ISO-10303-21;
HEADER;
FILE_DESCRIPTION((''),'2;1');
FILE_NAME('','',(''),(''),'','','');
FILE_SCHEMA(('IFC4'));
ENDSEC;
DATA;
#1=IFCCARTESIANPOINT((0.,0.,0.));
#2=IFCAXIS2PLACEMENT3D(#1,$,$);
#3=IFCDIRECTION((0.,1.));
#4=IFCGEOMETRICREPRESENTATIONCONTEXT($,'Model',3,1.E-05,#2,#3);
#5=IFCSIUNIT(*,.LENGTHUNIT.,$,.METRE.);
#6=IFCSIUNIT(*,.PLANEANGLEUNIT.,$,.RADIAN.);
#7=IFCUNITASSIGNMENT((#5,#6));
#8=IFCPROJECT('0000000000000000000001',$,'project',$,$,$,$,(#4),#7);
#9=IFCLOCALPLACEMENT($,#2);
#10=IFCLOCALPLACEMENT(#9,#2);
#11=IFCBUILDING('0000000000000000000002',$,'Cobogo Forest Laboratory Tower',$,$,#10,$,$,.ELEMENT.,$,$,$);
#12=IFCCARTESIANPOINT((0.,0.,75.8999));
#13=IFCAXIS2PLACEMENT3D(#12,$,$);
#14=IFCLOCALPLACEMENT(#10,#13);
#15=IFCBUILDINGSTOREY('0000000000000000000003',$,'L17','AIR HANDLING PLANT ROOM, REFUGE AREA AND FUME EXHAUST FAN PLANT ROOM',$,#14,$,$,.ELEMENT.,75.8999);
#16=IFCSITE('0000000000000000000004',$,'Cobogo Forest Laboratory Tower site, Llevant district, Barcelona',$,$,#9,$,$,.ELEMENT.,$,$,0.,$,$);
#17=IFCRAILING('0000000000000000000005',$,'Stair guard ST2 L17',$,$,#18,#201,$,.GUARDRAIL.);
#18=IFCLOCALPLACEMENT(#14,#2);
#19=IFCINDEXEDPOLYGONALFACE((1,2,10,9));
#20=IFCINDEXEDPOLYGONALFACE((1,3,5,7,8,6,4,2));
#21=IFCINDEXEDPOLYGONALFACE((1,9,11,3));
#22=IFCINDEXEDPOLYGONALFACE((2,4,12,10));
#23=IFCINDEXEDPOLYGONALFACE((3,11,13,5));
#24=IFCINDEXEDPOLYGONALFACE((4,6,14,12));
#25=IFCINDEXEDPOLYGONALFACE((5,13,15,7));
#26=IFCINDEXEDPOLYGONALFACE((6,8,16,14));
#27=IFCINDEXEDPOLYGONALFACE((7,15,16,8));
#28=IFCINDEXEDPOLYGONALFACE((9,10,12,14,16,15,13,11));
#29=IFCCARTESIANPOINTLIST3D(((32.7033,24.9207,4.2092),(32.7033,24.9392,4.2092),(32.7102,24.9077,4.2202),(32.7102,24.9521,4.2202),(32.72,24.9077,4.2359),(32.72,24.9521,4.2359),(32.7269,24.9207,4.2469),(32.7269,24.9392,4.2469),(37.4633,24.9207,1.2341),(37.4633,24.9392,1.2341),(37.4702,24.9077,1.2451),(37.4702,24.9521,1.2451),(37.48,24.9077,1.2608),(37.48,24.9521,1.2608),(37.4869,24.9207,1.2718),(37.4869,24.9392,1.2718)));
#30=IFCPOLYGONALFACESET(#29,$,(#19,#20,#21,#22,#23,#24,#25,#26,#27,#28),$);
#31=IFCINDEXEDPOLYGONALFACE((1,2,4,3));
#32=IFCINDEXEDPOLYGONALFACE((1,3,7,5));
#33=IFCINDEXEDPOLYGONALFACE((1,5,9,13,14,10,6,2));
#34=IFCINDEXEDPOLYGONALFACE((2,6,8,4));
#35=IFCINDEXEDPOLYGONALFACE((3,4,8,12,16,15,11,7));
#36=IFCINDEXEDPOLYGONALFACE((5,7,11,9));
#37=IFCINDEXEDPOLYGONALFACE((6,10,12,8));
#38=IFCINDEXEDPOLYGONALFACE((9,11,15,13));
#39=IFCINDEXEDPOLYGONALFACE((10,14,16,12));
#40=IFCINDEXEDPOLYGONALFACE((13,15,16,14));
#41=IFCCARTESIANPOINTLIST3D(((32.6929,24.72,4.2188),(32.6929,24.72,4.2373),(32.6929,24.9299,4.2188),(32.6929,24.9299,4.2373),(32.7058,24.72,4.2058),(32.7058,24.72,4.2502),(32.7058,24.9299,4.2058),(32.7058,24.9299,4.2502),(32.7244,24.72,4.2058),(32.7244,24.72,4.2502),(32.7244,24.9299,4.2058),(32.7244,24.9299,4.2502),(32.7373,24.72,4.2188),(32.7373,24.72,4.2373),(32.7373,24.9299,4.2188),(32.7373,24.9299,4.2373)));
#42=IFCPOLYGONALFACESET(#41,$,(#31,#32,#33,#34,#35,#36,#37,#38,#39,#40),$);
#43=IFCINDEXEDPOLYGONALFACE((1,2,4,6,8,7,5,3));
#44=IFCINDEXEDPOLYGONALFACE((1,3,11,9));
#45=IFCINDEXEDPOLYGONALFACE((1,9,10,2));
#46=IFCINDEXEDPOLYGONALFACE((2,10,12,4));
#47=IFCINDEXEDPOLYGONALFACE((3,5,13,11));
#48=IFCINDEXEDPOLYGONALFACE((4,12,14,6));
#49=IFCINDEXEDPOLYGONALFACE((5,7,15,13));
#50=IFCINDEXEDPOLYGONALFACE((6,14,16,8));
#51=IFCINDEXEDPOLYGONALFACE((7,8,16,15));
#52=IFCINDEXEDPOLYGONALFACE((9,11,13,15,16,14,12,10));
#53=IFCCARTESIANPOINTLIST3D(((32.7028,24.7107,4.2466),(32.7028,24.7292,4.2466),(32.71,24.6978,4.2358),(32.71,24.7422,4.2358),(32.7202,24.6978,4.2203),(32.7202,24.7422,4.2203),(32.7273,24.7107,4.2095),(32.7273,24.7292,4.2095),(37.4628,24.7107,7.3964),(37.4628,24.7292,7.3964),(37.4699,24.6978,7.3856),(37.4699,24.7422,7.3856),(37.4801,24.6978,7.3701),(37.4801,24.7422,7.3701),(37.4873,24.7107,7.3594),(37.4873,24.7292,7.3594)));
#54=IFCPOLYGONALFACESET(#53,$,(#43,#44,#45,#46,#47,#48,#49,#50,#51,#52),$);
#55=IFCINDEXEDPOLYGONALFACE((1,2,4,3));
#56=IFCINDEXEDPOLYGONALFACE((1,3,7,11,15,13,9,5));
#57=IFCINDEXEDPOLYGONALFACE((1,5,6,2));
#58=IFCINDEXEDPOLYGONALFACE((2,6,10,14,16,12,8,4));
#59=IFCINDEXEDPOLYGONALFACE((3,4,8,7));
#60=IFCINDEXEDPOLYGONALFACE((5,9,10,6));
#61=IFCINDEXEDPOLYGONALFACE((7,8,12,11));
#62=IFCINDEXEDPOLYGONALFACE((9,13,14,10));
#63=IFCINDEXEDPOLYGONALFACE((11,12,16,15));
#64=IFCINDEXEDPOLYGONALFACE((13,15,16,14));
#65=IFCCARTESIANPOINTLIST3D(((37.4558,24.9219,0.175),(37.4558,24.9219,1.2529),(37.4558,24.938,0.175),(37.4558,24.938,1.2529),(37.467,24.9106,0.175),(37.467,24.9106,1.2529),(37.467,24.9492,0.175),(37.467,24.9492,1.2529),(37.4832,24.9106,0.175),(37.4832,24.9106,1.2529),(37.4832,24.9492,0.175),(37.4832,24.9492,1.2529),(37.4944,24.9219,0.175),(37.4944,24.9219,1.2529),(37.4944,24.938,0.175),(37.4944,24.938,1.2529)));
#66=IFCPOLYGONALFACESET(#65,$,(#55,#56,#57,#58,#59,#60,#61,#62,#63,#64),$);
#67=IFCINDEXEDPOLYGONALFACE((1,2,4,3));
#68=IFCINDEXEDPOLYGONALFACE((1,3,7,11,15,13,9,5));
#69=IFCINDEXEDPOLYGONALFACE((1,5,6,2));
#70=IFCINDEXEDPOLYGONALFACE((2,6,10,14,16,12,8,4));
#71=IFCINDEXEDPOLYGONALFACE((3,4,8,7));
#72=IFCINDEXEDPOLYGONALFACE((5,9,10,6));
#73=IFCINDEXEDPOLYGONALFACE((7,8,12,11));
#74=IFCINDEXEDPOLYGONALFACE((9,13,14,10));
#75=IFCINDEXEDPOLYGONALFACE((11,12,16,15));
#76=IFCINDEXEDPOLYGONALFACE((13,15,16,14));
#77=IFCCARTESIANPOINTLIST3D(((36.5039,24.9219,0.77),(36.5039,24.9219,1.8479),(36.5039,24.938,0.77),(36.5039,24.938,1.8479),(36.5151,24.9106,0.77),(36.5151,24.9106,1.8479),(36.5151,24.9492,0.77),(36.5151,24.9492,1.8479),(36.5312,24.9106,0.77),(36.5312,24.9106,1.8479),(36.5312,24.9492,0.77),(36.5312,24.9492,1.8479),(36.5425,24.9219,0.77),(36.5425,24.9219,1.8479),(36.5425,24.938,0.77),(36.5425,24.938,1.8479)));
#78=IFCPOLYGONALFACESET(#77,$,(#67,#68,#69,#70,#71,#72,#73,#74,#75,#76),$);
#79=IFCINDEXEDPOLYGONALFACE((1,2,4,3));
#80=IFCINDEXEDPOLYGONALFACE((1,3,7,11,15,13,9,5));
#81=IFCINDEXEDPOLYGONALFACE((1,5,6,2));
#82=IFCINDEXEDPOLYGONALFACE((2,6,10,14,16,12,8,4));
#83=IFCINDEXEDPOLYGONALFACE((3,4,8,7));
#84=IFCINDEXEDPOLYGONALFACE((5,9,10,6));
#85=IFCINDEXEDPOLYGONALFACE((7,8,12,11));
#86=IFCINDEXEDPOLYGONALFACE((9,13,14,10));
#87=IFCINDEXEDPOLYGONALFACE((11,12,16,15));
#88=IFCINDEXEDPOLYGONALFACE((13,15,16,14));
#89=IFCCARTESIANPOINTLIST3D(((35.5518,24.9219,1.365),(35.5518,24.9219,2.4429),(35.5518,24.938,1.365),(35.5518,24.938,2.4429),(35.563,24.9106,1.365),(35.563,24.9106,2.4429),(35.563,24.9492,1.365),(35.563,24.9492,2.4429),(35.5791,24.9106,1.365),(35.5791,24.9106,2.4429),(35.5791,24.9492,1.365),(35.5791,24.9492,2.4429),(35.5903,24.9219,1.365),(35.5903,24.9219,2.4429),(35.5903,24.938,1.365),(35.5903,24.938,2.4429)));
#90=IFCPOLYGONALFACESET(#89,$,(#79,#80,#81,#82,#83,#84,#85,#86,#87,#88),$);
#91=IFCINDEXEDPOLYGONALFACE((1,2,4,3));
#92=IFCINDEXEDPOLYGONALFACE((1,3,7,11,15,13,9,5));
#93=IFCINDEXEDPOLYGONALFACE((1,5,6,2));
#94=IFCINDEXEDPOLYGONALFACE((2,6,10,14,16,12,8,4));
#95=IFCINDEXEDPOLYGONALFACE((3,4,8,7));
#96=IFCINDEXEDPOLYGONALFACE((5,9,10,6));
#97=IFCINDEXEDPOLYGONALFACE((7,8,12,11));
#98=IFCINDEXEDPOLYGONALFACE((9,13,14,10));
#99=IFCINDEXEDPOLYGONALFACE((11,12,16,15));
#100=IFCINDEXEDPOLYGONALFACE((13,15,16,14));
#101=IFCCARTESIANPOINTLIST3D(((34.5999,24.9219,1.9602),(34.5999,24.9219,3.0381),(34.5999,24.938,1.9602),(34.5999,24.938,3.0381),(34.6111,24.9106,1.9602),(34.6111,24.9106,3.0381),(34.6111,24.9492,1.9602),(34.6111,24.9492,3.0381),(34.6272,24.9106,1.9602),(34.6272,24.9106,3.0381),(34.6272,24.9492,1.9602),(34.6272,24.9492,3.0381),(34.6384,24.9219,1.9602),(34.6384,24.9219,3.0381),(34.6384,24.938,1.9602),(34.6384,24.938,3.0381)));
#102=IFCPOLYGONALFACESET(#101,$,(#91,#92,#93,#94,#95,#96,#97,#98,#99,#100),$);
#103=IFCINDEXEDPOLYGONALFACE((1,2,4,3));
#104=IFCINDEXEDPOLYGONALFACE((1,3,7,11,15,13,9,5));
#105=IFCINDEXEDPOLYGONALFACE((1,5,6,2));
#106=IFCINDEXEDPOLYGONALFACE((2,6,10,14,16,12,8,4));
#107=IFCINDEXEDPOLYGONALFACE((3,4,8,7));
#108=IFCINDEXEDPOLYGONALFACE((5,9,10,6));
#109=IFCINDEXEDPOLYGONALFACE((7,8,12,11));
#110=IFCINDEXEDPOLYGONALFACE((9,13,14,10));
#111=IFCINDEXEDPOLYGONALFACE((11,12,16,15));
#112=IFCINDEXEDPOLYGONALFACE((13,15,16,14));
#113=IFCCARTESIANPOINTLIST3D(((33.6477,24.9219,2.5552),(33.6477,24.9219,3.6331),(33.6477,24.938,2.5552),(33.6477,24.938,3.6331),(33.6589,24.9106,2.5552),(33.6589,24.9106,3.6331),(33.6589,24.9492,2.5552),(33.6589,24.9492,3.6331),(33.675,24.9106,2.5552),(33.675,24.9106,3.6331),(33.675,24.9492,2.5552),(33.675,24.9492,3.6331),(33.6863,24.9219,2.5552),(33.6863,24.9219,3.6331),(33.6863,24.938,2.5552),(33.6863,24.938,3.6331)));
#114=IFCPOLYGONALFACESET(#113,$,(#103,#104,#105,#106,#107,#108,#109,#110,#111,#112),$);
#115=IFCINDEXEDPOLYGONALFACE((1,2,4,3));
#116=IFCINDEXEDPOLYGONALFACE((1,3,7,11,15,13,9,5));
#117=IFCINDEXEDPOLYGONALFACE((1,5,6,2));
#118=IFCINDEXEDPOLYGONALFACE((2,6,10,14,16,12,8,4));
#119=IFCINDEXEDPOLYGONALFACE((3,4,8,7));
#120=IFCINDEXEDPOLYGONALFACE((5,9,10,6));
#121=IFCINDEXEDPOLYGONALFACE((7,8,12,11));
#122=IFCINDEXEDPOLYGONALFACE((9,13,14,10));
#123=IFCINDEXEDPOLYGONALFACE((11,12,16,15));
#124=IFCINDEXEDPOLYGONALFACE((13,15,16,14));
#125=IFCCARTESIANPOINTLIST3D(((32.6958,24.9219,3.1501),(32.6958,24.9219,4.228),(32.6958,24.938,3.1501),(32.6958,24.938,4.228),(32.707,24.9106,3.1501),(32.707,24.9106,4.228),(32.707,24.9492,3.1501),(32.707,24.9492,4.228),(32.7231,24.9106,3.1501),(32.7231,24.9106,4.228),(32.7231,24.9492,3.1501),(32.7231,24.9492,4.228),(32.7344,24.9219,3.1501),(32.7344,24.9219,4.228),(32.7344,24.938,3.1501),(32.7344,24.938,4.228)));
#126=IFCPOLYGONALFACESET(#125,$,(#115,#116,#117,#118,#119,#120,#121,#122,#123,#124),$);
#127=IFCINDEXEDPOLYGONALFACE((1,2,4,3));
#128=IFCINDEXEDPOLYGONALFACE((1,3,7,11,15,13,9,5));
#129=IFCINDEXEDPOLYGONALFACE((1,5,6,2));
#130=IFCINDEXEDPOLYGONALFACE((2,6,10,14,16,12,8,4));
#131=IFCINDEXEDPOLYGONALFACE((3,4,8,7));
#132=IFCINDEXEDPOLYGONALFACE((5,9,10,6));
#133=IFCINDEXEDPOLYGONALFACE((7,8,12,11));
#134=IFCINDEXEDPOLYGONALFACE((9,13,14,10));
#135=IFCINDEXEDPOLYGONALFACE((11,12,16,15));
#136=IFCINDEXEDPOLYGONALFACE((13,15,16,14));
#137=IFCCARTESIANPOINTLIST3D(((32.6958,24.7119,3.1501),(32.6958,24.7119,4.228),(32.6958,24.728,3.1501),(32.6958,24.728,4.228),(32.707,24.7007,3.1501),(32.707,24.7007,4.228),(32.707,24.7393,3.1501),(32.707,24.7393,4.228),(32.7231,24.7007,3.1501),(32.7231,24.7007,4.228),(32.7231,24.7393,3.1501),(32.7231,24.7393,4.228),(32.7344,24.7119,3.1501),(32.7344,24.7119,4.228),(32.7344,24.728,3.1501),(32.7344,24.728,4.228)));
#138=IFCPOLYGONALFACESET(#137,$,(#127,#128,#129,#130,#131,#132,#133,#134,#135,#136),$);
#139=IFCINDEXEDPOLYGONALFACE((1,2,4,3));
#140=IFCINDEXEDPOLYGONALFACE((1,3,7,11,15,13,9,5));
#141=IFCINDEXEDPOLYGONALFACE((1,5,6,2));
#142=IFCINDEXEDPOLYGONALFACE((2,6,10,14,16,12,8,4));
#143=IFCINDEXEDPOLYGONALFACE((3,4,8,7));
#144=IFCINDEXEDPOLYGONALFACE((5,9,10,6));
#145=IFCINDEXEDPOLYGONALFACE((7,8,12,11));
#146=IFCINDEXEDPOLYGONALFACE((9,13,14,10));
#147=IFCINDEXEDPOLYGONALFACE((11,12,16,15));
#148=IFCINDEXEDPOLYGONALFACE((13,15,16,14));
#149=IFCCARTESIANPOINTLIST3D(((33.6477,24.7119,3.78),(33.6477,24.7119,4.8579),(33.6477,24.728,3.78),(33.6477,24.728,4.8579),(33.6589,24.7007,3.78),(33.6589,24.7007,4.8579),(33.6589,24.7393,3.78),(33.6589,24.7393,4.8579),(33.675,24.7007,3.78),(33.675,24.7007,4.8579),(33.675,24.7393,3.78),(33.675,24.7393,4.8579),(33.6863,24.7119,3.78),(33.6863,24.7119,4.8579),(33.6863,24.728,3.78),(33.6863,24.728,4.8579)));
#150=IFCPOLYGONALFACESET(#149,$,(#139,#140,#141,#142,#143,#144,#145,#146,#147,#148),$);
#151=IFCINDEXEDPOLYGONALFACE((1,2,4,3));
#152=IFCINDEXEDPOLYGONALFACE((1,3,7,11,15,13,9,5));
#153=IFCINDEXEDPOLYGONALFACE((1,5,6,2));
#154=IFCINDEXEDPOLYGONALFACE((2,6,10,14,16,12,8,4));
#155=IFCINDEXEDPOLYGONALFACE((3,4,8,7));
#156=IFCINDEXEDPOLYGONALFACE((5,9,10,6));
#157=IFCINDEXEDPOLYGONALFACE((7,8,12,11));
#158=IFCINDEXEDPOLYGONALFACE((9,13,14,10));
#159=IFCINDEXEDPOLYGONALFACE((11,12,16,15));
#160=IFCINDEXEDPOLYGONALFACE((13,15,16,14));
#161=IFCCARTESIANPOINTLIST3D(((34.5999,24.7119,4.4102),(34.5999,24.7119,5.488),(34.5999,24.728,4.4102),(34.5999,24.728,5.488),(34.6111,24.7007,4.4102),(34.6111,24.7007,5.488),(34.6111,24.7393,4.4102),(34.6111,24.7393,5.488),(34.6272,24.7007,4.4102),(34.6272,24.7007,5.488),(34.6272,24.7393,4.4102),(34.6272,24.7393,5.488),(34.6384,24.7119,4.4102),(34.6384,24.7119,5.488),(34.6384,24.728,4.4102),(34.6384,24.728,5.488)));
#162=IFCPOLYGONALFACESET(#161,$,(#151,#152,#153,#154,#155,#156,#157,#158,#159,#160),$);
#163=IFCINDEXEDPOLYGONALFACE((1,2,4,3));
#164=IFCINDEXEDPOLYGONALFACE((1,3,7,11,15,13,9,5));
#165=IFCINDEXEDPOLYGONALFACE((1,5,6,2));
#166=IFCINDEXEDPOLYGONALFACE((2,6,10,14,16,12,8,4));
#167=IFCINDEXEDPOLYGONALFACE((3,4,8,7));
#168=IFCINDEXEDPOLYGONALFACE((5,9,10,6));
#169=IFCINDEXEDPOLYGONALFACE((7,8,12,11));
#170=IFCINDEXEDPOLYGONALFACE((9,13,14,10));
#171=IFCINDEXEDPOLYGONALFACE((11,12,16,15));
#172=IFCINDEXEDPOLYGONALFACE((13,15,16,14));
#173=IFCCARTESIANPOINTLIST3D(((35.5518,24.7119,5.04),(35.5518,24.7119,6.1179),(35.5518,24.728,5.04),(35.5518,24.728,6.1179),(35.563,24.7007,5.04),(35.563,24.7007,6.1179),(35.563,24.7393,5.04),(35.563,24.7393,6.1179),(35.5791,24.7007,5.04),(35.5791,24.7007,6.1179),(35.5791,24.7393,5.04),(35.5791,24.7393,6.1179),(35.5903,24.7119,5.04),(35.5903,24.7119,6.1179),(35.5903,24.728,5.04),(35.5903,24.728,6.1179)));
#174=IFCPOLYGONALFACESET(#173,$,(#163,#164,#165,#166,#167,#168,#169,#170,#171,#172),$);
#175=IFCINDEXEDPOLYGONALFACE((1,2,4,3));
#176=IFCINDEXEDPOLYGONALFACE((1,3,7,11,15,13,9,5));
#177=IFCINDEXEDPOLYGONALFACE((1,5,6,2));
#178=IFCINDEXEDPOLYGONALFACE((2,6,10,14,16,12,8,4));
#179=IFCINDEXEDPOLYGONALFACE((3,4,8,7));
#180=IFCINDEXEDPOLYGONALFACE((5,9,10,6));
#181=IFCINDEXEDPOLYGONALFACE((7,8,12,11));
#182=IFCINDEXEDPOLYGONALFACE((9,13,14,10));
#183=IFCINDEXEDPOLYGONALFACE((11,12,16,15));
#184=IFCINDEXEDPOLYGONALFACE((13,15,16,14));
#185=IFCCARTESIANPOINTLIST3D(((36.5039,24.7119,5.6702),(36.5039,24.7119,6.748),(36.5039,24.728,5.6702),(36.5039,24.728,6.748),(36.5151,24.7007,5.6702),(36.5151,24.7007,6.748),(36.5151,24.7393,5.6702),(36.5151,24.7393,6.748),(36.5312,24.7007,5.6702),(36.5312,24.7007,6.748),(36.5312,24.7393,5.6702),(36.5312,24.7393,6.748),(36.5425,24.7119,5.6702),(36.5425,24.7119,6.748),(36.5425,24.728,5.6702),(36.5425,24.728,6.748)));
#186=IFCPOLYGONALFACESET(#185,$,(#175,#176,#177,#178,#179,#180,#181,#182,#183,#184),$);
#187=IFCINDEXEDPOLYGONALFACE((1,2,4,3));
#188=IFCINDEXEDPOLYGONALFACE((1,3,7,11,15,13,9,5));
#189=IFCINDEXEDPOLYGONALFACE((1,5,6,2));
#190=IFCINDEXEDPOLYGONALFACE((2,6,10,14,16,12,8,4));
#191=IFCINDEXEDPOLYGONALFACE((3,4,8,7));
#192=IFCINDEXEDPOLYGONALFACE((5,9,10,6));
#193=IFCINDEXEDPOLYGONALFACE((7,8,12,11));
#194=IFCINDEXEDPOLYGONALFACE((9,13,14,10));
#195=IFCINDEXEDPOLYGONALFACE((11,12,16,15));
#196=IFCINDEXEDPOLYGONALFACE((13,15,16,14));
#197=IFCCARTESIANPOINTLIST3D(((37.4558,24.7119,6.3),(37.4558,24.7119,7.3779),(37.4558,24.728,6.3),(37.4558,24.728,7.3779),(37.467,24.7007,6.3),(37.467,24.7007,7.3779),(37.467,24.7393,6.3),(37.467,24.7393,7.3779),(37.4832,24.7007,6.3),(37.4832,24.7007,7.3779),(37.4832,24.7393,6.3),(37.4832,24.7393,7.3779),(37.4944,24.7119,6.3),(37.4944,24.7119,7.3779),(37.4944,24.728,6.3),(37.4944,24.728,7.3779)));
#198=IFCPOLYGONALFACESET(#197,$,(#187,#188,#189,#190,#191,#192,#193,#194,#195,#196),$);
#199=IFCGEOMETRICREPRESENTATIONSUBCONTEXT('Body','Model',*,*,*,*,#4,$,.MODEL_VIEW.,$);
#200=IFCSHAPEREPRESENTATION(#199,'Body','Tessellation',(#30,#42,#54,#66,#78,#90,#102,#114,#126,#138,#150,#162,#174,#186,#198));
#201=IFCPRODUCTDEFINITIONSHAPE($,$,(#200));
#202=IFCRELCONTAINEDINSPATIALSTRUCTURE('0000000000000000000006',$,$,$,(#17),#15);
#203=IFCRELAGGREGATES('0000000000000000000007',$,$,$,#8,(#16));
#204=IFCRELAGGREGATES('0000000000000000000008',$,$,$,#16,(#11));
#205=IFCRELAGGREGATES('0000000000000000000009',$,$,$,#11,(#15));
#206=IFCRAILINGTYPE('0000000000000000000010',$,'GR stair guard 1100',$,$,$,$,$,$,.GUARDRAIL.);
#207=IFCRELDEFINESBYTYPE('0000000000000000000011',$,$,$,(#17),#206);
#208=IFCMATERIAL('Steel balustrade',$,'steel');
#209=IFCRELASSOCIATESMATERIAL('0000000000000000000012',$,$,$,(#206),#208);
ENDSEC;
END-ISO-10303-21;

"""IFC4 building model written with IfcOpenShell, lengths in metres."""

from ifc_helpers import new_model, si_unit, direction, frame, origin, place, context, subcontext, project, spatial, polyline, outline, extrude, material, type_object, element, save


model = new_model("IFC4")

# Units and contexts
model_context = context("Model", 3, precision=1e-05, world=origin(), true_north=direction((0.0, 1.0)))
body_context = subcontext(model_context, "Body", "Model", "MODEL_VIEW")
ifc_project = project(units=[si_unit("LENGTHUNIT", "METRE"), si_unit("PLANEANGLEUNIT", "RADIAN")], contexts=[model_context])

# Site, building, storey
site_placement = place(None, origin())
site = spatial("IfcSite", under=ifc_project, at=site_placement, Name="Cobogo Forest Laboratory Tower site, Llevant district, Barcelona", CompositionType="ELEMENT", RefElevation=0.0)
building_placement = place(site_placement, origin())
building = spatial("IfcBuilding", under=site, at=building_placement, Name="Cobogo Forest Laboratory Tower", CompositionType="ELEMENT")
storey_placement = place(building_placement, frame((0.0, 0.0, 75.8999)))
storey = spatial("IfcBuildingStorey", under=building, at=storey_placement, Name="L17", Description="AIR HANDLING PLANT ROOM, REFUGE AREA AND FUME EXHAUST FAN PLANT ROOM", CompositionType="ELEMENT", Elevation=75.8999)

# Railing
ifc_material_1 = material(Name="Steel balustrade", Category="steel")
railing_type_1 = type_object("IfcRailingType", Name="GR stair guard 1100", PredefinedType="GUARDRAIL", material=ifc_material_1)
railing_1_placement = place(storey_placement, frame((37.4751, 24.9299, 0.175)))
element("IfcRailing", 1, at=railing_1_placement, inside=storey, type_object=railing_type_1, Name="Stair guard ST2 L17", PredefinedType="GUARDRAIL", context=body_context, shape_type="SweptSolid", body=[
    extrude(outline(polyline([(0.0222, 0.0093), (0.0093, 0.0222), (-0.0093, 0.0222), (-0.0222, 0.0093), (-0.0222, -0.0093), (-0.0093, -0.0222), (0.0093, -0.0222), (0.0222, -0.0093), (0.0222, 0.0093)])), frame((0.0, 0.0, 1.0779), z_axis=(-0.847991, 0.0, 0.530011), x_axis=(0.0, -1.0, 0.0)), (0.0, 0.0, 1.0), 5.6133),
    extrude(outline(polyline([(0.0222, 0.0093), (0.0093, 0.0222), (-0.0093, 0.0222), (-0.0222, 0.0093), (-0.0222, -0.0093), (-0.0093, -0.0222), (0.0093, -0.0222), (0.0222, -0.0093), (0.0222, 0.0093)])), frame((-4.76, 0.0, 4.053), z_axis=(0.0, -1.0, 0.0), x_axis=(1.0, 0.0, 0.0)), (0.0, 0.0, 1.0), 0.21),
    extrude(outline(polyline([(0.0222, 0.0093), (0.0093, 0.0222), (-0.0093, 0.0222), (-0.0222, 0.0093), (-0.0222, -0.0093), (-0.0093, -0.0222), (0.0093, -0.0222), (0.0222, -0.0093), (0.0222, 0.0093)])), frame((-4.76, -0.21, 4.053), z_axis=(0.833941, 0.0, 0.551854), x_axis=(0.0, 1.0, 0.0)), (0.0, 0.0, 1.0), 5.7078),
    extrude(outline(polyline([(0.0193, 0.0081), (0.0081, 0.0193), (-0.0081, 0.0193), (-0.0193, 0.0081), (-0.0193, -0.0081), (-0.0081, -0.0193), (0.0081, -0.0193), (0.0193, -0.0081), (0.0193, 0.0081)])), origin(), (0.0, 0.0, 1.0), 1.0779),
    extrude(outline(polyline([(0.0193, 0.0081), (0.0081, 0.0193), (-0.0081, 0.0193), (-0.0193, 0.0081), (-0.0193, -0.0081), (-0.0081, -0.0193), (0.0081, -0.0193), (0.0193, -0.0081), (0.0193, 0.0081)])), frame((-0.9519, 0.0, 0.595)), (0.0, 0.0, 1.0), 1.0779),
    extrude(outline(polyline([(0.0193, 0.0081), (0.0081, 0.0193), (-0.0081, 0.0193), (-0.0193, 0.0081), (-0.0193, -0.0081), (-0.0081, -0.0193), (0.0081, -0.0193), (0.0193, -0.0081), (0.0193, 0.0081)])), frame((-1.9041, 0.0, 1.1899)), (0.0, 0.0, 1.0), 1.0779),
    extrude(outline(polyline([(0.0193, 0.0081), (0.0081, 0.0193), (-0.0081, 0.0193), (-0.0193, 0.0081), (-0.0193, -0.0081), (-0.0081, -0.0193), (0.0081, -0.0193), (0.0193, -0.0081), (0.0193, 0.0081)])), frame((-2.856, 0.0, 1.7852)), (0.0, 0.0, 1.0), 1.0779),
    extrude(outline(polyline([(0.0193, 0.0081), (0.0081, 0.0193), (-0.0081, 0.0193), (-0.0193, 0.0081), (-0.0193, -0.0081), (-0.0081, -0.0193), (0.0081, -0.0193), (0.0193, -0.0081), (0.0193, 0.0081)])), frame((-3.8081, 0.0, 2.3801)), (0.0, 0.0, 1.0), 1.0779),
    extrude(outline(polyline([(0.0193, 0.0081), (0.0081, 0.0193), (-0.0081, 0.0193), (-0.0193, 0.0081), (-0.0193, -0.0081), (-0.0081, -0.0193), (0.0081, -0.0193), (0.0193, -0.0081), (0.0193, 0.0081)])), frame((-4.76, 0.0, 2.9751)), (0.0, 0.0, 1.0), 1.0779),
    extrude(outline(polyline([(0.0193, 0.0081), (0.0081, 0.0193), (-0.0081, 0.0193), (-0.0193, 0.0081), (-0.0193, -0.0081), (-0.0081, -0.0193), (0.0081, -0.0193), (0.0193, -0.0081), (0.0193, 0.0081)])), frame((-4.76, -0.21, 2.9751)), (0.0, 0.0, 1.0), 1.0779),
    extrude(outline(polyline([(0.0193, 0.0081), (0.0081, 0.0193), (-0.0081, 0.0193), (-0.0193, 0.0081), (-0.0193, -0.0081), (-0.0081, -0.0193), (0.0081, -0.0193), (0.0193, -0.0081), (0.0193, 0.0081)])), frame((-3.8081, -0.21, 3.605)), (0.0, 0.0, 1.0), 1.0779),
    extrude(outline(polyline([(0.0193, 0.0081), (0.0081, 0.0193), (-0.0081, 0.0193), (-0.0193, 0.0081), (-0.0193, -0.0081), (-0.0081, -0.0193), (0.0081, -0.0193), (0.0193, -0.0081), (0.0193, 0.0081)])), frame((-2.856, -0.21, 4.2351)), (0.0, 0.0, 1.0), 1.0779),
    extrude(outline(polyline([(0.0193, 0.0081), (0.0081, 0.0193), (-0.0081, 0.0193), (-0.0193, 0.0081), (-0.0193, -0.0081), (-0.0081, -0.0193), (0.0081, -0.0193), (0.0193, -0.0081), (0.0193, 0.0081)])), frame((-1.9041, -0.21, 4.865)), (0.0, 0.0, 1.0), 1.0779),
    extrude(outline(polyline([(0.0193, 0.0081), (0.0081, 0.0193), (-0.0081, 0.0193), (-0.0193, 0.0081), (-0.0193, -0.0081), (-0.0081, -0.0193), (0.0081, -0.0193), (0.0193, -0.0081), (0.0193, 0.0081)])), frame((-0.9519, -0.21, 5.4951)), (0.0, 0.0, 1.0), 1.0779),
    extrude(outline(polyline([(0.0193, 0.0081), (0.0081, 0.0193), (-0.0081, 0.0193), (-0.0193, 0.0081), (-0.0193, -0.0081), (-0.0081, -0.0193), (0.0081, -0.0193), (0.0193, -0.0081), (0.0193, 0.0081)])), frame((0.0, -0.21, 6.125)), (0.0, 0.0, 1.0), 1.0779),
])

save(model, "model.ifc")
